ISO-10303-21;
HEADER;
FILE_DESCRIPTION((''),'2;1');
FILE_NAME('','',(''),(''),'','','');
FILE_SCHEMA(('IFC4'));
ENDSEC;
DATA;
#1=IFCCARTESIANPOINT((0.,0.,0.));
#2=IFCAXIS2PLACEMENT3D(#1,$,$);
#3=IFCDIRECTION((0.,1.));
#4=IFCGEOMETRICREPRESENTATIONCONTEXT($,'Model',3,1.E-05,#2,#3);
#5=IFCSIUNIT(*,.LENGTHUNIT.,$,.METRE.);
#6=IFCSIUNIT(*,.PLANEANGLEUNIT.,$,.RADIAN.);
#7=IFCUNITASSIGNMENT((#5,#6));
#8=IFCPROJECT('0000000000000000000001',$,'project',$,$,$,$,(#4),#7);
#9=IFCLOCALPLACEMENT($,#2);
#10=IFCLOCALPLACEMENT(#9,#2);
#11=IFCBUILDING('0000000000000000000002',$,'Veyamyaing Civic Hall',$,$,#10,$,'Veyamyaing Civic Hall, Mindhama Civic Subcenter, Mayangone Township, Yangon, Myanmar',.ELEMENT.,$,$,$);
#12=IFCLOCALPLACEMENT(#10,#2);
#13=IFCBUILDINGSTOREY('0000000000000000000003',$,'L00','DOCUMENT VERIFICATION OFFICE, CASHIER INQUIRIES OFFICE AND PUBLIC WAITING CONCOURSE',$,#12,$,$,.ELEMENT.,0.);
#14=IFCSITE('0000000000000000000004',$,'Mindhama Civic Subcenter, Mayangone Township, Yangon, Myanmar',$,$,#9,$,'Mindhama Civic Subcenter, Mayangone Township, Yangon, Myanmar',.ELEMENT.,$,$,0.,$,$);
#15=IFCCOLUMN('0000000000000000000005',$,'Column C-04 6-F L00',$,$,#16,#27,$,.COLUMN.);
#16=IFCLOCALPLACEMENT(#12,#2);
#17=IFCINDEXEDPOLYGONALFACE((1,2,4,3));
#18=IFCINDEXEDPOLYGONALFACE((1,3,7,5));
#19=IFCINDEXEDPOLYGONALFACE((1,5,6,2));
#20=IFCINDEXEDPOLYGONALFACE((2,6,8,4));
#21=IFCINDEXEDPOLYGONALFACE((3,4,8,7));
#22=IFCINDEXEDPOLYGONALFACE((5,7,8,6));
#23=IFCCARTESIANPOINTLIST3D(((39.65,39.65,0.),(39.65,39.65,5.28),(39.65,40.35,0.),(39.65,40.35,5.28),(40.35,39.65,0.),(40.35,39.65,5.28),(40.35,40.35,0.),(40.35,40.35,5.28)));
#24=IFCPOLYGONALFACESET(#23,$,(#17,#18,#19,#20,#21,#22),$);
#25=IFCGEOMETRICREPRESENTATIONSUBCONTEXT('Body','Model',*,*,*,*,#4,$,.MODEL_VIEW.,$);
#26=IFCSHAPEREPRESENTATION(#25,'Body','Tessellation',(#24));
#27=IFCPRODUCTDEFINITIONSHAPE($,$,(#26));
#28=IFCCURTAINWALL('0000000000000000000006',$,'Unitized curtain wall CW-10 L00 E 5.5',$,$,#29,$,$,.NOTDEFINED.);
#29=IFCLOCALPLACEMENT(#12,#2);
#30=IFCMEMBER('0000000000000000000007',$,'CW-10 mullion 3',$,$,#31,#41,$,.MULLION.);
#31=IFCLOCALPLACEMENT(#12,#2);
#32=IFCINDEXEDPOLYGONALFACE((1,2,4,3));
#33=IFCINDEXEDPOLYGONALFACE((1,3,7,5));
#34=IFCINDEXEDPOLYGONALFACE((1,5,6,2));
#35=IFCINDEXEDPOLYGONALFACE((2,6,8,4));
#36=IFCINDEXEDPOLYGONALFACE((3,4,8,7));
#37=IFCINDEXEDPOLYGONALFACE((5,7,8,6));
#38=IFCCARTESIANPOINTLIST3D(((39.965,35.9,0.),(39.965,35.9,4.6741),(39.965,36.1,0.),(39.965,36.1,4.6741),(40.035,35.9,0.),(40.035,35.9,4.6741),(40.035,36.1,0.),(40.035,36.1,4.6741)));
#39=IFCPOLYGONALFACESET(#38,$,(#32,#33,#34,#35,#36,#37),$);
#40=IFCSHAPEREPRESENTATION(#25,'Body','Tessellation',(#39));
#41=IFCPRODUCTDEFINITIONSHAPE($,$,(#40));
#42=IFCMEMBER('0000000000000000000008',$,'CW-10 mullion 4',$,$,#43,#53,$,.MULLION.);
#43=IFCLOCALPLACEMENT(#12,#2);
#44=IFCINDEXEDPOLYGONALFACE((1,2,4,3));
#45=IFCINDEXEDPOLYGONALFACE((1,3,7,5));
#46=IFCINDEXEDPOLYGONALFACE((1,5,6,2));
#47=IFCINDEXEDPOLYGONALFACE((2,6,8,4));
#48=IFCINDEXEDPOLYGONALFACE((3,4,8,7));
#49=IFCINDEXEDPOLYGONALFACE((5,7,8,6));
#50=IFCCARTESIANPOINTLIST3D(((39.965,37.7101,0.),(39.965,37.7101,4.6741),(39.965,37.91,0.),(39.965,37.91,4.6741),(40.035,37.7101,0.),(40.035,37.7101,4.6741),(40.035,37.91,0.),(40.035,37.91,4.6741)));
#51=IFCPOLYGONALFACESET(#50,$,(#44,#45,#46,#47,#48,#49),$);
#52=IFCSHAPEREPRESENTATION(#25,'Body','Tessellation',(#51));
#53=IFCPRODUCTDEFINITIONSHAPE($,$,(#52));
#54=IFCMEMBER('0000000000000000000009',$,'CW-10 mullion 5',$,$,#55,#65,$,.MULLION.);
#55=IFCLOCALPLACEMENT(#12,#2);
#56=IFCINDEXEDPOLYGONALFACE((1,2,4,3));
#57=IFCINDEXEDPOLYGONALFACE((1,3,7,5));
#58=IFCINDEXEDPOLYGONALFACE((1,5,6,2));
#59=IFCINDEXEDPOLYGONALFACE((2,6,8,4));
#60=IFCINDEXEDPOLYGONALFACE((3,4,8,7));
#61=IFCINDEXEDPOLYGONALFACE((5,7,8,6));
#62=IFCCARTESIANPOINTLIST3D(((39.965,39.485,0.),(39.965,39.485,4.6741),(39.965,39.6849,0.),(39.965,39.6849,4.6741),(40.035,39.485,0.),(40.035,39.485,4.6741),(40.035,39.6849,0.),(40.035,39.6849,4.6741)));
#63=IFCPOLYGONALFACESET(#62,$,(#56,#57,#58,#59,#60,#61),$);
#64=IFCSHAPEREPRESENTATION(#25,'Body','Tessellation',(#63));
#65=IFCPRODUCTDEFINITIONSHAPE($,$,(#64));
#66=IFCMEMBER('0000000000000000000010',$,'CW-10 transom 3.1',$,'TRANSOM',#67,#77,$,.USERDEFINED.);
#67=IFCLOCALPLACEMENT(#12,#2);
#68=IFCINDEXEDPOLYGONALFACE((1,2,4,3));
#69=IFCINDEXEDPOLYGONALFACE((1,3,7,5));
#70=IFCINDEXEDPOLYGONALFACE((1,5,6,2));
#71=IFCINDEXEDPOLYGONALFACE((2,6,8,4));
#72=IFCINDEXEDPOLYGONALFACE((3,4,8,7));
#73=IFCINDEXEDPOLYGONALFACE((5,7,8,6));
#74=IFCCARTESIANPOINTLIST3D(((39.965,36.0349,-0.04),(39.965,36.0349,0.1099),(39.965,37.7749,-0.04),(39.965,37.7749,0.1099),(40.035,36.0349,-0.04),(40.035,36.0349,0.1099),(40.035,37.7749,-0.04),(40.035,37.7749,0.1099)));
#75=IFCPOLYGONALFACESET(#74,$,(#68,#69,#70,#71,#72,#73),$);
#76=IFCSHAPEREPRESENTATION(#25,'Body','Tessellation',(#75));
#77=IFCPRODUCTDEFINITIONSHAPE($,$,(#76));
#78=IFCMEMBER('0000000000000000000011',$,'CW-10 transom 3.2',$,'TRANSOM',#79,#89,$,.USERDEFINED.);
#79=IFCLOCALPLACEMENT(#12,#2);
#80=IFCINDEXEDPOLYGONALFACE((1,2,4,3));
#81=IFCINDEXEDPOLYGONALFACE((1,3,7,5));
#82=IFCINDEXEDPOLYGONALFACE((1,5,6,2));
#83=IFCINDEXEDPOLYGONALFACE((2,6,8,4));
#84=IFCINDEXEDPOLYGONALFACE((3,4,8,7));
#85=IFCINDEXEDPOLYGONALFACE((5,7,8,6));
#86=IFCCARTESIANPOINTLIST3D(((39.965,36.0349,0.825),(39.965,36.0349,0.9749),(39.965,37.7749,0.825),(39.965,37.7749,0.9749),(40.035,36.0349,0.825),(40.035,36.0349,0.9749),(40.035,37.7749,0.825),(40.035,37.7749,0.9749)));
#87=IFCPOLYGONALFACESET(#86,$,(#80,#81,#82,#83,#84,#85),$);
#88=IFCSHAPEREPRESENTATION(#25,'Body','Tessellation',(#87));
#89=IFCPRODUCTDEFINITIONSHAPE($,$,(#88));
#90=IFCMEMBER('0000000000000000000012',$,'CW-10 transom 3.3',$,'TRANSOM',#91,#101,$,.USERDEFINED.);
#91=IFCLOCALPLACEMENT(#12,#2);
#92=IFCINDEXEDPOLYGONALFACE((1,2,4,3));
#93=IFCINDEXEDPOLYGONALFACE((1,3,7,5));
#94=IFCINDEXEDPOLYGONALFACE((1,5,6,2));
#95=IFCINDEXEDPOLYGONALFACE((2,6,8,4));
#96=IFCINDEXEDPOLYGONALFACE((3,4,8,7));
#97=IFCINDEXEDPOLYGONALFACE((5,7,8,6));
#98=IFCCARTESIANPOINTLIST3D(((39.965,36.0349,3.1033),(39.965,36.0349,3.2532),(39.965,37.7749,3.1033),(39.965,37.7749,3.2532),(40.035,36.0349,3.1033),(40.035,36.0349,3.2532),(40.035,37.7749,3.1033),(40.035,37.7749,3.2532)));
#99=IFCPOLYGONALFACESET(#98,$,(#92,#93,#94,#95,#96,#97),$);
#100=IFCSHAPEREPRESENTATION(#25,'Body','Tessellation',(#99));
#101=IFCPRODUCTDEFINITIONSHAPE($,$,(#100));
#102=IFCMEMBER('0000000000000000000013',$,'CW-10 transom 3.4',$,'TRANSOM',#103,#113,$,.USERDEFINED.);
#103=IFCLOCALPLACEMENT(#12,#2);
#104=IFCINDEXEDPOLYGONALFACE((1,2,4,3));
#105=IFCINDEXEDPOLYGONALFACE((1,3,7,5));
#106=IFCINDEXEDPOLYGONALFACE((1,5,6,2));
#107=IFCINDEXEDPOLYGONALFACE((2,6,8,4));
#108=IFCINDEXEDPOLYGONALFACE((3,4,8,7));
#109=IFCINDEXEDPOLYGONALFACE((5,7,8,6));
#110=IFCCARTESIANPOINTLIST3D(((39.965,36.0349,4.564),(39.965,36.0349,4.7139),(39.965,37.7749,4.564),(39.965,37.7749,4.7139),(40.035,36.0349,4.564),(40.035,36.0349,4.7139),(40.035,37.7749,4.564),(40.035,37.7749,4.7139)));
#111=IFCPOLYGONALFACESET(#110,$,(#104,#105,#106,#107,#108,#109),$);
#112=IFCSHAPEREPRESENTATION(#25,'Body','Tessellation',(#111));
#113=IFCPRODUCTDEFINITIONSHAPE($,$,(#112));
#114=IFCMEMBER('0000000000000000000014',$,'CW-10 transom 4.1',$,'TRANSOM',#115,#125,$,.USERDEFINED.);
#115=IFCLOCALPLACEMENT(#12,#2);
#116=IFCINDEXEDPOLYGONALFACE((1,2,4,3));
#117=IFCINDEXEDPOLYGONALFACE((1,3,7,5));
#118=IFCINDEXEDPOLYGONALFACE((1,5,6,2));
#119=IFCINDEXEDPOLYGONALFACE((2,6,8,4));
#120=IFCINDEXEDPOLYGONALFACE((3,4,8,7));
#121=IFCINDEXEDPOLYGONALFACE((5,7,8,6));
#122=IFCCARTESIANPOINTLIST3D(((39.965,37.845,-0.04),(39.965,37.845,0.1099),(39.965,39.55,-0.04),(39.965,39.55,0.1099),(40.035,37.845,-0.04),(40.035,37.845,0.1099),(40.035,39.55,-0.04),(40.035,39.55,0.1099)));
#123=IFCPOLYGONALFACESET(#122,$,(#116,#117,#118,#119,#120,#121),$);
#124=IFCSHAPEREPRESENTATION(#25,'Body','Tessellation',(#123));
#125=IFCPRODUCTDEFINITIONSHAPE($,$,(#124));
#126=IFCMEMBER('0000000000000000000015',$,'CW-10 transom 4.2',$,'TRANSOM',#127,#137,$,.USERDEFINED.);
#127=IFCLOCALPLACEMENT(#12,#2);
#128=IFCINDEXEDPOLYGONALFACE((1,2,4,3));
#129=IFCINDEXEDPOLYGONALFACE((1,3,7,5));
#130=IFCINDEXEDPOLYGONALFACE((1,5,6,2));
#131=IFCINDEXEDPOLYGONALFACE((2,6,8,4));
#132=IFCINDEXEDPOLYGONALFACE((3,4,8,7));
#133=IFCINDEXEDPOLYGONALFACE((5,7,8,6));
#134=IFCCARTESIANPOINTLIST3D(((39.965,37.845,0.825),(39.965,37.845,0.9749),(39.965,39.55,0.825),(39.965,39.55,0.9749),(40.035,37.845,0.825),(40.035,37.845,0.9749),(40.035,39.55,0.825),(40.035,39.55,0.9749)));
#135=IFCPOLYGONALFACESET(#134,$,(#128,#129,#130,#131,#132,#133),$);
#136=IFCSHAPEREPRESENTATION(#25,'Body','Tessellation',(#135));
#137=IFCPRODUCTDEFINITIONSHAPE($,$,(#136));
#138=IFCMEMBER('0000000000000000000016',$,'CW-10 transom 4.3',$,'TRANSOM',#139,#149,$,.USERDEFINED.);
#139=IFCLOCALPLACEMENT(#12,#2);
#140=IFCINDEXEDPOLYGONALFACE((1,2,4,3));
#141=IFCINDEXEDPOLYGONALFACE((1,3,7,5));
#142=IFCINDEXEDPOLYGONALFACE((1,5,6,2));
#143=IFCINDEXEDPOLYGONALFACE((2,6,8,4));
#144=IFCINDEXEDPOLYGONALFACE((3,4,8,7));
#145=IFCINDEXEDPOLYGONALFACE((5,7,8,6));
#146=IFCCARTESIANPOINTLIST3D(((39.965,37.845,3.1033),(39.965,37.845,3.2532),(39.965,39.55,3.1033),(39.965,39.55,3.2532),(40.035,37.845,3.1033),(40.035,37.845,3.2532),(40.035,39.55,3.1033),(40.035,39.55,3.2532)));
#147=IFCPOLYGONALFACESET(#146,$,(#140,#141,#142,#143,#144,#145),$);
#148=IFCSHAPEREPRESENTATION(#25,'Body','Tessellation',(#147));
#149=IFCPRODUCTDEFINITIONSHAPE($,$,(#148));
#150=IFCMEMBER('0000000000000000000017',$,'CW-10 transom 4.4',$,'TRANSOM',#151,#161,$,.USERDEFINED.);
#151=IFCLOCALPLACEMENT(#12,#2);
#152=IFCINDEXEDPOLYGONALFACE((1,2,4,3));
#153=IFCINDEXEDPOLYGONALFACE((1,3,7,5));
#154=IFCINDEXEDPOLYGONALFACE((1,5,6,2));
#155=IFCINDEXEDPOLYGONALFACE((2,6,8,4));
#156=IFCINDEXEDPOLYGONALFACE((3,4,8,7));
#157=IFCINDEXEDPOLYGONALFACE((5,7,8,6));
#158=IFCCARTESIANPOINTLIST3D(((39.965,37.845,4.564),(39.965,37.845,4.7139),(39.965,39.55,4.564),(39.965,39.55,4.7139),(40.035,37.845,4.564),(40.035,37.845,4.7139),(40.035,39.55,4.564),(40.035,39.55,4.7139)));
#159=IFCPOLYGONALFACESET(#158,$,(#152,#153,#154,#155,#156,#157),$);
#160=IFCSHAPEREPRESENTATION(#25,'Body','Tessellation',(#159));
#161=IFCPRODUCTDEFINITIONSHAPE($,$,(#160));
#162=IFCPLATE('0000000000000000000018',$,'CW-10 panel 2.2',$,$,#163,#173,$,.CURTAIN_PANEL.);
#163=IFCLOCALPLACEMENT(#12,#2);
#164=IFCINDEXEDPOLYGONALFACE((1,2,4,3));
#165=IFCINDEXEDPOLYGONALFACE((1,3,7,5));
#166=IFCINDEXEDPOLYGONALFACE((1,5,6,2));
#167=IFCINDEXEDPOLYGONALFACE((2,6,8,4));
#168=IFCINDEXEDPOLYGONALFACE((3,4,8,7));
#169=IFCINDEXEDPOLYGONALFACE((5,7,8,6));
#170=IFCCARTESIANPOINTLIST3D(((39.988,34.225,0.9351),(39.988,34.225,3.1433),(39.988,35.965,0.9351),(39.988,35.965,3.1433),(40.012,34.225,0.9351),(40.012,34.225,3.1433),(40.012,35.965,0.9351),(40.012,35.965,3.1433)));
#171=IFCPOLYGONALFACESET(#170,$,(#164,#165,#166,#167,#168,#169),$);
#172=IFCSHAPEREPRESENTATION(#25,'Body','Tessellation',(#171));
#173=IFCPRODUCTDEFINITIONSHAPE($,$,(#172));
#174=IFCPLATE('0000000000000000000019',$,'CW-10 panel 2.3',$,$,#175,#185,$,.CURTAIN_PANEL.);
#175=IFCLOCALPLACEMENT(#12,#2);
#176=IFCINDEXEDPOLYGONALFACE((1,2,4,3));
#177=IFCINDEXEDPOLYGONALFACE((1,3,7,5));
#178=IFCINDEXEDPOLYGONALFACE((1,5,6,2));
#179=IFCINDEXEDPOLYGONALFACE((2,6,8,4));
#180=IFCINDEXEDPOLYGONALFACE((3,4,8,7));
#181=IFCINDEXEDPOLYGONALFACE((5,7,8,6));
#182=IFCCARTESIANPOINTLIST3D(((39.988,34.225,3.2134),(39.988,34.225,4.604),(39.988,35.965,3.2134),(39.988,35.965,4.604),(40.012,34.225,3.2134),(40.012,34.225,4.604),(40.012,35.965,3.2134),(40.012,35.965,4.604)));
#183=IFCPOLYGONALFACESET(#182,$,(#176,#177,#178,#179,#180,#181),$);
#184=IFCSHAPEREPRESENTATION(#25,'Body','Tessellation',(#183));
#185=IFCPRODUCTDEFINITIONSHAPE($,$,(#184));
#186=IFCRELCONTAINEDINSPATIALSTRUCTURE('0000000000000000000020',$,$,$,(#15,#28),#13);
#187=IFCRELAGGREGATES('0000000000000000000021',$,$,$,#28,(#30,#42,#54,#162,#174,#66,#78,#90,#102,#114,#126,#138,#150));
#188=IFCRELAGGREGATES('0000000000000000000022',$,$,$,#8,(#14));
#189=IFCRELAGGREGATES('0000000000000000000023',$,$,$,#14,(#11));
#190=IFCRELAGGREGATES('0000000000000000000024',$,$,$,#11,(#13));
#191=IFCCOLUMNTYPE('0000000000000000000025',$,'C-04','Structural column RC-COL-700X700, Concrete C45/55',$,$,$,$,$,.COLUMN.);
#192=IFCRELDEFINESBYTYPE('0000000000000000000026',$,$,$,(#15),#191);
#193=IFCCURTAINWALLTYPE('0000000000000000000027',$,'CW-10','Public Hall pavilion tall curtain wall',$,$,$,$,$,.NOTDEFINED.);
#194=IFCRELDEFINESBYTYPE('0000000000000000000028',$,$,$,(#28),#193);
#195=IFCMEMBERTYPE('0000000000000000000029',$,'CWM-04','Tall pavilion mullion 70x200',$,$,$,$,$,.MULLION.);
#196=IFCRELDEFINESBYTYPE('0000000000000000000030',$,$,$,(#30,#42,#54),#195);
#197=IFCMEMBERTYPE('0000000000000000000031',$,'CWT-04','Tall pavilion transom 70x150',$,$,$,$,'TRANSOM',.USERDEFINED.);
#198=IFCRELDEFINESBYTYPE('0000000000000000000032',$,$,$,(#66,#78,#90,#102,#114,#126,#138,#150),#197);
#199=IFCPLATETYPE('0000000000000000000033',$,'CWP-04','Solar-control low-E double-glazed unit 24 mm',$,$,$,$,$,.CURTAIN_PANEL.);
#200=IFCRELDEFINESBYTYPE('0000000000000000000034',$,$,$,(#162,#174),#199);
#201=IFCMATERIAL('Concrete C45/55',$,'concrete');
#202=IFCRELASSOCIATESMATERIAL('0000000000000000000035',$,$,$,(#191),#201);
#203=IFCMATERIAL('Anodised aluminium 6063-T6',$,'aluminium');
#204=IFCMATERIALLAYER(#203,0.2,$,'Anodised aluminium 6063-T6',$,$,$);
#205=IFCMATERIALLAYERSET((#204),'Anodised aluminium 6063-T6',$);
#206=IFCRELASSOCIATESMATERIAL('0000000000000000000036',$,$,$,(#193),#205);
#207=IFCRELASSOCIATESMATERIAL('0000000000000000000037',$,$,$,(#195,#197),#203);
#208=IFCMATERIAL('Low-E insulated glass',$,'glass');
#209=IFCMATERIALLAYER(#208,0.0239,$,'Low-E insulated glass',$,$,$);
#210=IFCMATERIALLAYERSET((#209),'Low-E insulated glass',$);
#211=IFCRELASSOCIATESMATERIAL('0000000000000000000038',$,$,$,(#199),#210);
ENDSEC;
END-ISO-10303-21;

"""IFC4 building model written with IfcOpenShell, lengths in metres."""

from ifc_helpers import new_model, si_unit, direction, frame, origin, origin_2d, place, context, subcontext, project, spatial, rectangle, extrude, material, layer, layer_set, material_profile, profile_set, type_object, element, aggregate, save


model = new_model("IFC4")

# Units and contexts
model_context = context("Model", 3, precision=1e-05, world=origin(), true_north=direction((0.0, 1.0)))
body_context = subcontext(model_context, "Body", "Model", "MODEL_VIEW")
ifc_project = project(units=[si_unit("LENGTHUNIT", "METRE"), si_unit("PLANEANGLEUNIT", "RADIAN")], contexts=[model_context])

# Site, building, storey
site_placement = place(None, origin())
site = spatial("IfcSite", under=ifc_project, at=site_placement, Name="Mindhama Civic Subcenter, Mayangone Township, Yangon, Myanmar", LongName="Mindhama Civic Subcenter, Mayangone Township, Yangon, Myanmar", CompositionType="ELEMENT", RefElevation=0.0)
building_placement = place(site_placement, origin())
building = spatial("IfcBuilding", under=site, at=building_placement, Name="Veyamyaing Civic Hall", LongName="Veyamyaing Civic Hall, Mindhama Civic Subcenter, Mayangone Township, Yangon, Myanmar", CompositionType="ELEMENT")
storey_placement = place(building_placement, origin())
storey = spatial("IfcBuildingStorey", under=building, at=storey_placement, Name="L00", Description="DOCUMENT VERIFICATION OFFICE, CASHIER INQUIRIES OFFICE AND PUBLIC WAITING CONCOURSE", CompositionType="ELEMENT", Elevation=0.0)

# Column
ifc_material_1 = material(Name="Concrete C45/55", Category="concrete")
ifc_material_profile_1 = material_profile(ifc_material_1, rectangle(XDim=0.7, YDim=0.7, at=origin_2d()), Name="RC-COL-700X700")
ifc_profile_set_1 = profile_set([ifc_material_profile_1], Name="Concrete C45/55")
column_type = type_object("IfcColumnType", Name="C-04", Description="Structural column RC-COL-700X700, Concrete C45/55", PredefinedType="COLUMN", material=ifc_profile_set_1)
column_placement = place(storey_placement, frame((40.0, 40.0, 0.0), z_axis=(0.0, 0.0, 1.0), x_axis=(1.0, 0.0, 0.0)))
element("IfcColumn", 1, at=column_placement, inside=storey, type_object=column_type, Name="Column C-04 6-F L00", PredefinedType="COLUMN", context=body_context, shape_type="SweptSolid", body=[
    extrude(rectangle(XDim=0.7, YDim=0.7, at=origin_2d()), origin(), (0.0, 0.0, 1.0), 5.28),
])

# Curtain wall, members, plates
ifc_material_2 = material(Name="Anodised aluminium 6063-T6", Category="aluminium")
ifc_layer_1 = layer(ifc_material_2, 0.2, Name="Anodised aluminium 6063-T6")
ifc_layer_set_1 = layer_set([ifc_layer_1], Name="Anodised aluminium 6063-T6")
curtain_wall_type = type_object("IfcCurtainWallType", Name="CW-10", Description="Public Hall pavilion tall curtain wall", PredefinedType="NOTDEFINED", material=ifc_layer_set_1)
curtain_wall_placement = place(storey_placement, origin())
curtain_wall = element("IfcCurtainWall", 2, at=curtain_wall_placement, inside=storey, type_object=curtain_wall_type, Name="Unitized curtain wall CW-10 L00 E 5.5", PredefinedType="NOTDEFINED")
ifc_material_profile_2 = material_profile(ifc_material_2, rectangle(XDim=0.0701, YDim=0.2, at=origin_2d()), Name="ALU-MUL-70X200")
ifc_profile_set_2 = profile_set([ifc_material_profile_2], Name="Anodised aluminium 6063-T6")
member_type_1 = type_object("IfcMemberType", Name="CWM-04", Description="Tall pavilion mullion 70x200", PredefinedType="MULLION", material=ifc_profile_set_2)
member_1_placement = place(storey_placement, frame((40.0, 36.0, 0.0), z_axis=(0.0, 0.0, 1.0), x_axis=(-1.0, 0.0, 0.0)))
member_1 = element("IfcMember", 3, at=member_1_placement, type_object=member_type_1, Name="CW-10 mullion 3", PredefinedType="MULLION", context=body_context, shape_type="SweptSolid", body=[
    extrude(rectangle(XDim=0.0701, YDim=0.2, at=origin_2d()), origin(), (0.0, 0.0, 1.0), 4.6741),
])
member_2_placement = place(storey_placement, frame((40.0, 37.8101, 0.0), z_axis=(0.0, 0.0, 1.0), x_axis=(-1.0, 0.0, 0.0)))
member_2 = element("IfcMember", 4, at=member_2_placement, type_object=member_type_1, Name="CW-10 mullion 4", PredefinedType="MULLION", context=body_context, shape_type="SweptSolid", body=[
    extrude(rectangle(XDim=0.0701, YDim=0.2, at=origin_2d()), origin(), (0.0, 0.0, 1.0), 4.6741),
])
member_3_placement = place(storey_placement, frame((40.0, 39.585, 0.0), z_axis=(0.0, 0.0, 1.0), x_axis=(-1.0, 0.0, 0.0)))
member_3 = element("IfcMember", 5, at=member_3_placement, type_object=member_type_1, Name="CW-10 mullion 5", PredefinedType="MULLION", context=body_context, shape_type="SweptSolid", body=[
    extrude(rectangle(XDim=0.0701, YDim=0.2, at=origin_2d()), origin(), (0.0, 0.0, 1.0), 4.6741),
])
ifc_material_profile_3 = material_profile(ifc_material_2, rectangle(XDim=0.0701, YDim=0.1499, at=origin_2d()), Name="ALU-TRN-70X150")
ifc_profile_set_3 = profile_set([ifc_material_profile_3], Name="Anodised aluminium 6063-T6")
member_type_2 = type_object("IfcMemberType", Name="CWT-04", Description="Tall pavilion transom 70x150", ElementType="TRANSOM", PredefinedType="USERDEFINED", material=ifc_profile_set_3)
member_4_placement = place(storey_placement, frame((40.0, 36.0349, 0.0349), z_axis=(0.0, 1.0, 0.0), x_axis=(-1.0, 0.0, 0.0)))
member_4 = element("IfcMember", 6, at=member_4_placement, type_object=member_type_2, Name="CW-10 transom 3.1", ObjectType="TRANSOM", PredefinedType="USERDEFINED", context=body_context, shape_type="SweptSolid", body=[
    extrude(rectangle(XDim=0.0701, YDim=0.1499, at=origin_2d()), origin(), (0.0, 0.0, 1.0), 1.74),
])
member_5_placement = place(storey_placement, frame((40.0, 36.0349, 0.8999), z_axis=(0.0, 1.0, 0.0), x_axis=(-1.0, 0.0, 0.0)))
member_5 = element("IfcMember", 7, at=member_5_placement, type_object=member_type_2, Name="CW-10 transom 3.2", ObjectType="TRANSOM", PredefinedType="USERDEFINED", context=body_context, shape_type="SweptSolid", body=[
    extrude(rectangle(XDim=0.0701, YDim=0.1499, at=origin_2d()), origin(), (0.0, 0.0, 1.0), 1.74),
])
member_6_placement = place(storey_placement, frame((40.0, 36.0349, 3.1782), z_axis=(0.0, 1.0, 0.0), x_axis=(-1.0, 0.0, 0.0)))
member_6 = element("IfcMember", 8, at=member_6_placement, type_object=member_type_2, Name="CW-10 transom 3.3", ObjectType="TRANSOM", PredefinedType="USERDEFINED", context=body_context, shape_type="SweptSolid", body=[
    extrude(rectangle(XDim=0.0701, YDim=0.1499, at=origin_2d()), origin(), (0.0, 0.0, 1.0), 1.74),
])
member_7_placement = place(storey_placement, frame((40.0, 36.0349, 4.6389), z_axis=(0.0, 1.0, 0.0), x_axis=(-1.0, 0.0, 0.0)))
member_7 = element("IfcMember", 9, at=member_7_placement, type_object=member_type_2, Name="CW-10 transom 3.4", ObjectType="TRANSOM", PredefinedType="USERDEFINED", context=body_context, shape_type="SweptSolid", body=[
    extrude(rectangle(XDim=0.0701, YDim=0.1499, at=origin_2d()), origin(), (0.0, 0.0, 1.0), 1.74),
])
member_8_placement = place(storey_placement, frame((40.0, 37.845, 0.0349), z_axis=(0.0, 1.0, 0.0), x_axis=(-1.0, 0.0, 0.0)))
member_8 = element("IfcMember", 10, at=member_8_placement, type_object=member_type_2, Name="CW-10 transom 4.1", ObjectType="TRANSOM", PredefinedType="USERDEFINED", context=body_context, shape_type="SweptSolid", body=[
    extrude(rectangle(XDim=0.0701, YDim=0.1499, at=origin_2d()), origin(), (0.0, 0.0, 1.0), 1.7051),
])
member_9_placement = place(storey_placement, frame((40.0, 37.845, 0.8999), z_axis=(0.0, 1.0, 0.0), x_axis=(-1.0, 0.0, 0.0)))
member_9 = element("IfcMember", 11, at=member_9_placement, type_object=member_type_2, Name="CW-10 transom 4.2", ObjectType="TRANSOM", PredefinedType="USERDEFINED", context=body_context, shape_type="SweptSolid", body=[
    extrude(rectangle(XDim=0.0701, YDim=0.1499, at=origin_2d()), origin(), (0.0, 0.0, 1.0), 1.7051),
])
member_10_placement = place(storey_placement, frame((40.0, 37.845, 3.1782), z_axis=(0.0, 1.0, 0.0), x_axis=(-1.0, 0.0, 0.0)))
member_10 = element("IfcMember", 12, at=member_10_placement, type_object=member_type_2, Name="CW-10 transom 4.3", ObjectType="TRANSOM", PredefinedType="USERDEFINED", context=body_context, shape_type="SweptSolid", body=[
    extrude(rectangle(XDim=0.0701, YDim=0.1499, at=origin_2d()), origin(), (0.0, 0.0, 1.0), 1.7051),
])
member_11_placement = place(storey_placement, frame((40.0, 37.845, 4.6389), z_axis=(0.0, 1.0, 0.0), x_axis=(-1.0, 0.0, 0.0)))
member_11 = element("IfcMember", 13, at=member_11_placement, type_object=member_type_2, Name="CW-10 transom 4.4", ObjectType="TRANSOM", PredefinedType="USERDEFINED", context=body_context, shape_type="SweptSolid", body=[
    extrude(rectangle(XDim=0.0701, YDim=0.1499, at=origin_2d()), origin(), (0.0, 0.0, 1.0), 1.7051),
])
ifc_material_3 = material(Name="Low-E insulated glass", Category="glass")
ifc_layer_2 = layer(ifc_material_3, 0.0239, Name="Low-E insulated glass")
ifc_layer_set_2 = layer_set([ifc_layer_2], Name="Low-E insulated glass")
plate_type = type_object("IfcPlateType", Name="CWP-04", Description="Solar-control low-E double-glazed unit 24 mm", PredefinedType="CURTAIN_PANEL", material=ifc_layer_set_2)
plate_1_placement = place(storey_placement, frame((40.0, 35.095, 0.9351), z_axis=(0.0, 0.0, 1.0), x_axis=(0.0, 1.0, 0.0)))
plate_1 = element("IfcPlate", 14, at=plate_1_placement, type_object=plate_type, Name="CW-10 panel 2.2", PredefinedType="CURTAIN_PANEL", context=body_context, shape_type="SweptSolid", body=[
    extrude(rectangle(XDim=1.74, YDim=0.0239, at=origin_2d()), origin(), (0.0, 0.0, 1.0), 2.2083),
])
plate_2_placement = place(storey_placement, frame((40.0, 35.095, 3.2134), z_axis=(0.0, 0.0, 1.0), x_axis=(0.0, 1.0, 0.0)))
plate_2 = element("IfcPlate", 15, at=plate_2_placement, type_object=plate_type, Name="CW-10 panel 2.3", PredefinedType="CURTAIN_PANEL", context=body_context, shape_type="SweptSolid", body=[
    extrude(rectangle(XDim=1.74, YDim=0.0239, at=origin_2d()), origin(), (0.0, 0.0, 1.0), 1.3906),
])
aggregate(curtain_wall, [member_1, member_2, member_3, plate_1, plate_2, member_4, member_5, member_6, member_7, member_8, member_9, member_10, member_11])

save(model, "model.ifc")
